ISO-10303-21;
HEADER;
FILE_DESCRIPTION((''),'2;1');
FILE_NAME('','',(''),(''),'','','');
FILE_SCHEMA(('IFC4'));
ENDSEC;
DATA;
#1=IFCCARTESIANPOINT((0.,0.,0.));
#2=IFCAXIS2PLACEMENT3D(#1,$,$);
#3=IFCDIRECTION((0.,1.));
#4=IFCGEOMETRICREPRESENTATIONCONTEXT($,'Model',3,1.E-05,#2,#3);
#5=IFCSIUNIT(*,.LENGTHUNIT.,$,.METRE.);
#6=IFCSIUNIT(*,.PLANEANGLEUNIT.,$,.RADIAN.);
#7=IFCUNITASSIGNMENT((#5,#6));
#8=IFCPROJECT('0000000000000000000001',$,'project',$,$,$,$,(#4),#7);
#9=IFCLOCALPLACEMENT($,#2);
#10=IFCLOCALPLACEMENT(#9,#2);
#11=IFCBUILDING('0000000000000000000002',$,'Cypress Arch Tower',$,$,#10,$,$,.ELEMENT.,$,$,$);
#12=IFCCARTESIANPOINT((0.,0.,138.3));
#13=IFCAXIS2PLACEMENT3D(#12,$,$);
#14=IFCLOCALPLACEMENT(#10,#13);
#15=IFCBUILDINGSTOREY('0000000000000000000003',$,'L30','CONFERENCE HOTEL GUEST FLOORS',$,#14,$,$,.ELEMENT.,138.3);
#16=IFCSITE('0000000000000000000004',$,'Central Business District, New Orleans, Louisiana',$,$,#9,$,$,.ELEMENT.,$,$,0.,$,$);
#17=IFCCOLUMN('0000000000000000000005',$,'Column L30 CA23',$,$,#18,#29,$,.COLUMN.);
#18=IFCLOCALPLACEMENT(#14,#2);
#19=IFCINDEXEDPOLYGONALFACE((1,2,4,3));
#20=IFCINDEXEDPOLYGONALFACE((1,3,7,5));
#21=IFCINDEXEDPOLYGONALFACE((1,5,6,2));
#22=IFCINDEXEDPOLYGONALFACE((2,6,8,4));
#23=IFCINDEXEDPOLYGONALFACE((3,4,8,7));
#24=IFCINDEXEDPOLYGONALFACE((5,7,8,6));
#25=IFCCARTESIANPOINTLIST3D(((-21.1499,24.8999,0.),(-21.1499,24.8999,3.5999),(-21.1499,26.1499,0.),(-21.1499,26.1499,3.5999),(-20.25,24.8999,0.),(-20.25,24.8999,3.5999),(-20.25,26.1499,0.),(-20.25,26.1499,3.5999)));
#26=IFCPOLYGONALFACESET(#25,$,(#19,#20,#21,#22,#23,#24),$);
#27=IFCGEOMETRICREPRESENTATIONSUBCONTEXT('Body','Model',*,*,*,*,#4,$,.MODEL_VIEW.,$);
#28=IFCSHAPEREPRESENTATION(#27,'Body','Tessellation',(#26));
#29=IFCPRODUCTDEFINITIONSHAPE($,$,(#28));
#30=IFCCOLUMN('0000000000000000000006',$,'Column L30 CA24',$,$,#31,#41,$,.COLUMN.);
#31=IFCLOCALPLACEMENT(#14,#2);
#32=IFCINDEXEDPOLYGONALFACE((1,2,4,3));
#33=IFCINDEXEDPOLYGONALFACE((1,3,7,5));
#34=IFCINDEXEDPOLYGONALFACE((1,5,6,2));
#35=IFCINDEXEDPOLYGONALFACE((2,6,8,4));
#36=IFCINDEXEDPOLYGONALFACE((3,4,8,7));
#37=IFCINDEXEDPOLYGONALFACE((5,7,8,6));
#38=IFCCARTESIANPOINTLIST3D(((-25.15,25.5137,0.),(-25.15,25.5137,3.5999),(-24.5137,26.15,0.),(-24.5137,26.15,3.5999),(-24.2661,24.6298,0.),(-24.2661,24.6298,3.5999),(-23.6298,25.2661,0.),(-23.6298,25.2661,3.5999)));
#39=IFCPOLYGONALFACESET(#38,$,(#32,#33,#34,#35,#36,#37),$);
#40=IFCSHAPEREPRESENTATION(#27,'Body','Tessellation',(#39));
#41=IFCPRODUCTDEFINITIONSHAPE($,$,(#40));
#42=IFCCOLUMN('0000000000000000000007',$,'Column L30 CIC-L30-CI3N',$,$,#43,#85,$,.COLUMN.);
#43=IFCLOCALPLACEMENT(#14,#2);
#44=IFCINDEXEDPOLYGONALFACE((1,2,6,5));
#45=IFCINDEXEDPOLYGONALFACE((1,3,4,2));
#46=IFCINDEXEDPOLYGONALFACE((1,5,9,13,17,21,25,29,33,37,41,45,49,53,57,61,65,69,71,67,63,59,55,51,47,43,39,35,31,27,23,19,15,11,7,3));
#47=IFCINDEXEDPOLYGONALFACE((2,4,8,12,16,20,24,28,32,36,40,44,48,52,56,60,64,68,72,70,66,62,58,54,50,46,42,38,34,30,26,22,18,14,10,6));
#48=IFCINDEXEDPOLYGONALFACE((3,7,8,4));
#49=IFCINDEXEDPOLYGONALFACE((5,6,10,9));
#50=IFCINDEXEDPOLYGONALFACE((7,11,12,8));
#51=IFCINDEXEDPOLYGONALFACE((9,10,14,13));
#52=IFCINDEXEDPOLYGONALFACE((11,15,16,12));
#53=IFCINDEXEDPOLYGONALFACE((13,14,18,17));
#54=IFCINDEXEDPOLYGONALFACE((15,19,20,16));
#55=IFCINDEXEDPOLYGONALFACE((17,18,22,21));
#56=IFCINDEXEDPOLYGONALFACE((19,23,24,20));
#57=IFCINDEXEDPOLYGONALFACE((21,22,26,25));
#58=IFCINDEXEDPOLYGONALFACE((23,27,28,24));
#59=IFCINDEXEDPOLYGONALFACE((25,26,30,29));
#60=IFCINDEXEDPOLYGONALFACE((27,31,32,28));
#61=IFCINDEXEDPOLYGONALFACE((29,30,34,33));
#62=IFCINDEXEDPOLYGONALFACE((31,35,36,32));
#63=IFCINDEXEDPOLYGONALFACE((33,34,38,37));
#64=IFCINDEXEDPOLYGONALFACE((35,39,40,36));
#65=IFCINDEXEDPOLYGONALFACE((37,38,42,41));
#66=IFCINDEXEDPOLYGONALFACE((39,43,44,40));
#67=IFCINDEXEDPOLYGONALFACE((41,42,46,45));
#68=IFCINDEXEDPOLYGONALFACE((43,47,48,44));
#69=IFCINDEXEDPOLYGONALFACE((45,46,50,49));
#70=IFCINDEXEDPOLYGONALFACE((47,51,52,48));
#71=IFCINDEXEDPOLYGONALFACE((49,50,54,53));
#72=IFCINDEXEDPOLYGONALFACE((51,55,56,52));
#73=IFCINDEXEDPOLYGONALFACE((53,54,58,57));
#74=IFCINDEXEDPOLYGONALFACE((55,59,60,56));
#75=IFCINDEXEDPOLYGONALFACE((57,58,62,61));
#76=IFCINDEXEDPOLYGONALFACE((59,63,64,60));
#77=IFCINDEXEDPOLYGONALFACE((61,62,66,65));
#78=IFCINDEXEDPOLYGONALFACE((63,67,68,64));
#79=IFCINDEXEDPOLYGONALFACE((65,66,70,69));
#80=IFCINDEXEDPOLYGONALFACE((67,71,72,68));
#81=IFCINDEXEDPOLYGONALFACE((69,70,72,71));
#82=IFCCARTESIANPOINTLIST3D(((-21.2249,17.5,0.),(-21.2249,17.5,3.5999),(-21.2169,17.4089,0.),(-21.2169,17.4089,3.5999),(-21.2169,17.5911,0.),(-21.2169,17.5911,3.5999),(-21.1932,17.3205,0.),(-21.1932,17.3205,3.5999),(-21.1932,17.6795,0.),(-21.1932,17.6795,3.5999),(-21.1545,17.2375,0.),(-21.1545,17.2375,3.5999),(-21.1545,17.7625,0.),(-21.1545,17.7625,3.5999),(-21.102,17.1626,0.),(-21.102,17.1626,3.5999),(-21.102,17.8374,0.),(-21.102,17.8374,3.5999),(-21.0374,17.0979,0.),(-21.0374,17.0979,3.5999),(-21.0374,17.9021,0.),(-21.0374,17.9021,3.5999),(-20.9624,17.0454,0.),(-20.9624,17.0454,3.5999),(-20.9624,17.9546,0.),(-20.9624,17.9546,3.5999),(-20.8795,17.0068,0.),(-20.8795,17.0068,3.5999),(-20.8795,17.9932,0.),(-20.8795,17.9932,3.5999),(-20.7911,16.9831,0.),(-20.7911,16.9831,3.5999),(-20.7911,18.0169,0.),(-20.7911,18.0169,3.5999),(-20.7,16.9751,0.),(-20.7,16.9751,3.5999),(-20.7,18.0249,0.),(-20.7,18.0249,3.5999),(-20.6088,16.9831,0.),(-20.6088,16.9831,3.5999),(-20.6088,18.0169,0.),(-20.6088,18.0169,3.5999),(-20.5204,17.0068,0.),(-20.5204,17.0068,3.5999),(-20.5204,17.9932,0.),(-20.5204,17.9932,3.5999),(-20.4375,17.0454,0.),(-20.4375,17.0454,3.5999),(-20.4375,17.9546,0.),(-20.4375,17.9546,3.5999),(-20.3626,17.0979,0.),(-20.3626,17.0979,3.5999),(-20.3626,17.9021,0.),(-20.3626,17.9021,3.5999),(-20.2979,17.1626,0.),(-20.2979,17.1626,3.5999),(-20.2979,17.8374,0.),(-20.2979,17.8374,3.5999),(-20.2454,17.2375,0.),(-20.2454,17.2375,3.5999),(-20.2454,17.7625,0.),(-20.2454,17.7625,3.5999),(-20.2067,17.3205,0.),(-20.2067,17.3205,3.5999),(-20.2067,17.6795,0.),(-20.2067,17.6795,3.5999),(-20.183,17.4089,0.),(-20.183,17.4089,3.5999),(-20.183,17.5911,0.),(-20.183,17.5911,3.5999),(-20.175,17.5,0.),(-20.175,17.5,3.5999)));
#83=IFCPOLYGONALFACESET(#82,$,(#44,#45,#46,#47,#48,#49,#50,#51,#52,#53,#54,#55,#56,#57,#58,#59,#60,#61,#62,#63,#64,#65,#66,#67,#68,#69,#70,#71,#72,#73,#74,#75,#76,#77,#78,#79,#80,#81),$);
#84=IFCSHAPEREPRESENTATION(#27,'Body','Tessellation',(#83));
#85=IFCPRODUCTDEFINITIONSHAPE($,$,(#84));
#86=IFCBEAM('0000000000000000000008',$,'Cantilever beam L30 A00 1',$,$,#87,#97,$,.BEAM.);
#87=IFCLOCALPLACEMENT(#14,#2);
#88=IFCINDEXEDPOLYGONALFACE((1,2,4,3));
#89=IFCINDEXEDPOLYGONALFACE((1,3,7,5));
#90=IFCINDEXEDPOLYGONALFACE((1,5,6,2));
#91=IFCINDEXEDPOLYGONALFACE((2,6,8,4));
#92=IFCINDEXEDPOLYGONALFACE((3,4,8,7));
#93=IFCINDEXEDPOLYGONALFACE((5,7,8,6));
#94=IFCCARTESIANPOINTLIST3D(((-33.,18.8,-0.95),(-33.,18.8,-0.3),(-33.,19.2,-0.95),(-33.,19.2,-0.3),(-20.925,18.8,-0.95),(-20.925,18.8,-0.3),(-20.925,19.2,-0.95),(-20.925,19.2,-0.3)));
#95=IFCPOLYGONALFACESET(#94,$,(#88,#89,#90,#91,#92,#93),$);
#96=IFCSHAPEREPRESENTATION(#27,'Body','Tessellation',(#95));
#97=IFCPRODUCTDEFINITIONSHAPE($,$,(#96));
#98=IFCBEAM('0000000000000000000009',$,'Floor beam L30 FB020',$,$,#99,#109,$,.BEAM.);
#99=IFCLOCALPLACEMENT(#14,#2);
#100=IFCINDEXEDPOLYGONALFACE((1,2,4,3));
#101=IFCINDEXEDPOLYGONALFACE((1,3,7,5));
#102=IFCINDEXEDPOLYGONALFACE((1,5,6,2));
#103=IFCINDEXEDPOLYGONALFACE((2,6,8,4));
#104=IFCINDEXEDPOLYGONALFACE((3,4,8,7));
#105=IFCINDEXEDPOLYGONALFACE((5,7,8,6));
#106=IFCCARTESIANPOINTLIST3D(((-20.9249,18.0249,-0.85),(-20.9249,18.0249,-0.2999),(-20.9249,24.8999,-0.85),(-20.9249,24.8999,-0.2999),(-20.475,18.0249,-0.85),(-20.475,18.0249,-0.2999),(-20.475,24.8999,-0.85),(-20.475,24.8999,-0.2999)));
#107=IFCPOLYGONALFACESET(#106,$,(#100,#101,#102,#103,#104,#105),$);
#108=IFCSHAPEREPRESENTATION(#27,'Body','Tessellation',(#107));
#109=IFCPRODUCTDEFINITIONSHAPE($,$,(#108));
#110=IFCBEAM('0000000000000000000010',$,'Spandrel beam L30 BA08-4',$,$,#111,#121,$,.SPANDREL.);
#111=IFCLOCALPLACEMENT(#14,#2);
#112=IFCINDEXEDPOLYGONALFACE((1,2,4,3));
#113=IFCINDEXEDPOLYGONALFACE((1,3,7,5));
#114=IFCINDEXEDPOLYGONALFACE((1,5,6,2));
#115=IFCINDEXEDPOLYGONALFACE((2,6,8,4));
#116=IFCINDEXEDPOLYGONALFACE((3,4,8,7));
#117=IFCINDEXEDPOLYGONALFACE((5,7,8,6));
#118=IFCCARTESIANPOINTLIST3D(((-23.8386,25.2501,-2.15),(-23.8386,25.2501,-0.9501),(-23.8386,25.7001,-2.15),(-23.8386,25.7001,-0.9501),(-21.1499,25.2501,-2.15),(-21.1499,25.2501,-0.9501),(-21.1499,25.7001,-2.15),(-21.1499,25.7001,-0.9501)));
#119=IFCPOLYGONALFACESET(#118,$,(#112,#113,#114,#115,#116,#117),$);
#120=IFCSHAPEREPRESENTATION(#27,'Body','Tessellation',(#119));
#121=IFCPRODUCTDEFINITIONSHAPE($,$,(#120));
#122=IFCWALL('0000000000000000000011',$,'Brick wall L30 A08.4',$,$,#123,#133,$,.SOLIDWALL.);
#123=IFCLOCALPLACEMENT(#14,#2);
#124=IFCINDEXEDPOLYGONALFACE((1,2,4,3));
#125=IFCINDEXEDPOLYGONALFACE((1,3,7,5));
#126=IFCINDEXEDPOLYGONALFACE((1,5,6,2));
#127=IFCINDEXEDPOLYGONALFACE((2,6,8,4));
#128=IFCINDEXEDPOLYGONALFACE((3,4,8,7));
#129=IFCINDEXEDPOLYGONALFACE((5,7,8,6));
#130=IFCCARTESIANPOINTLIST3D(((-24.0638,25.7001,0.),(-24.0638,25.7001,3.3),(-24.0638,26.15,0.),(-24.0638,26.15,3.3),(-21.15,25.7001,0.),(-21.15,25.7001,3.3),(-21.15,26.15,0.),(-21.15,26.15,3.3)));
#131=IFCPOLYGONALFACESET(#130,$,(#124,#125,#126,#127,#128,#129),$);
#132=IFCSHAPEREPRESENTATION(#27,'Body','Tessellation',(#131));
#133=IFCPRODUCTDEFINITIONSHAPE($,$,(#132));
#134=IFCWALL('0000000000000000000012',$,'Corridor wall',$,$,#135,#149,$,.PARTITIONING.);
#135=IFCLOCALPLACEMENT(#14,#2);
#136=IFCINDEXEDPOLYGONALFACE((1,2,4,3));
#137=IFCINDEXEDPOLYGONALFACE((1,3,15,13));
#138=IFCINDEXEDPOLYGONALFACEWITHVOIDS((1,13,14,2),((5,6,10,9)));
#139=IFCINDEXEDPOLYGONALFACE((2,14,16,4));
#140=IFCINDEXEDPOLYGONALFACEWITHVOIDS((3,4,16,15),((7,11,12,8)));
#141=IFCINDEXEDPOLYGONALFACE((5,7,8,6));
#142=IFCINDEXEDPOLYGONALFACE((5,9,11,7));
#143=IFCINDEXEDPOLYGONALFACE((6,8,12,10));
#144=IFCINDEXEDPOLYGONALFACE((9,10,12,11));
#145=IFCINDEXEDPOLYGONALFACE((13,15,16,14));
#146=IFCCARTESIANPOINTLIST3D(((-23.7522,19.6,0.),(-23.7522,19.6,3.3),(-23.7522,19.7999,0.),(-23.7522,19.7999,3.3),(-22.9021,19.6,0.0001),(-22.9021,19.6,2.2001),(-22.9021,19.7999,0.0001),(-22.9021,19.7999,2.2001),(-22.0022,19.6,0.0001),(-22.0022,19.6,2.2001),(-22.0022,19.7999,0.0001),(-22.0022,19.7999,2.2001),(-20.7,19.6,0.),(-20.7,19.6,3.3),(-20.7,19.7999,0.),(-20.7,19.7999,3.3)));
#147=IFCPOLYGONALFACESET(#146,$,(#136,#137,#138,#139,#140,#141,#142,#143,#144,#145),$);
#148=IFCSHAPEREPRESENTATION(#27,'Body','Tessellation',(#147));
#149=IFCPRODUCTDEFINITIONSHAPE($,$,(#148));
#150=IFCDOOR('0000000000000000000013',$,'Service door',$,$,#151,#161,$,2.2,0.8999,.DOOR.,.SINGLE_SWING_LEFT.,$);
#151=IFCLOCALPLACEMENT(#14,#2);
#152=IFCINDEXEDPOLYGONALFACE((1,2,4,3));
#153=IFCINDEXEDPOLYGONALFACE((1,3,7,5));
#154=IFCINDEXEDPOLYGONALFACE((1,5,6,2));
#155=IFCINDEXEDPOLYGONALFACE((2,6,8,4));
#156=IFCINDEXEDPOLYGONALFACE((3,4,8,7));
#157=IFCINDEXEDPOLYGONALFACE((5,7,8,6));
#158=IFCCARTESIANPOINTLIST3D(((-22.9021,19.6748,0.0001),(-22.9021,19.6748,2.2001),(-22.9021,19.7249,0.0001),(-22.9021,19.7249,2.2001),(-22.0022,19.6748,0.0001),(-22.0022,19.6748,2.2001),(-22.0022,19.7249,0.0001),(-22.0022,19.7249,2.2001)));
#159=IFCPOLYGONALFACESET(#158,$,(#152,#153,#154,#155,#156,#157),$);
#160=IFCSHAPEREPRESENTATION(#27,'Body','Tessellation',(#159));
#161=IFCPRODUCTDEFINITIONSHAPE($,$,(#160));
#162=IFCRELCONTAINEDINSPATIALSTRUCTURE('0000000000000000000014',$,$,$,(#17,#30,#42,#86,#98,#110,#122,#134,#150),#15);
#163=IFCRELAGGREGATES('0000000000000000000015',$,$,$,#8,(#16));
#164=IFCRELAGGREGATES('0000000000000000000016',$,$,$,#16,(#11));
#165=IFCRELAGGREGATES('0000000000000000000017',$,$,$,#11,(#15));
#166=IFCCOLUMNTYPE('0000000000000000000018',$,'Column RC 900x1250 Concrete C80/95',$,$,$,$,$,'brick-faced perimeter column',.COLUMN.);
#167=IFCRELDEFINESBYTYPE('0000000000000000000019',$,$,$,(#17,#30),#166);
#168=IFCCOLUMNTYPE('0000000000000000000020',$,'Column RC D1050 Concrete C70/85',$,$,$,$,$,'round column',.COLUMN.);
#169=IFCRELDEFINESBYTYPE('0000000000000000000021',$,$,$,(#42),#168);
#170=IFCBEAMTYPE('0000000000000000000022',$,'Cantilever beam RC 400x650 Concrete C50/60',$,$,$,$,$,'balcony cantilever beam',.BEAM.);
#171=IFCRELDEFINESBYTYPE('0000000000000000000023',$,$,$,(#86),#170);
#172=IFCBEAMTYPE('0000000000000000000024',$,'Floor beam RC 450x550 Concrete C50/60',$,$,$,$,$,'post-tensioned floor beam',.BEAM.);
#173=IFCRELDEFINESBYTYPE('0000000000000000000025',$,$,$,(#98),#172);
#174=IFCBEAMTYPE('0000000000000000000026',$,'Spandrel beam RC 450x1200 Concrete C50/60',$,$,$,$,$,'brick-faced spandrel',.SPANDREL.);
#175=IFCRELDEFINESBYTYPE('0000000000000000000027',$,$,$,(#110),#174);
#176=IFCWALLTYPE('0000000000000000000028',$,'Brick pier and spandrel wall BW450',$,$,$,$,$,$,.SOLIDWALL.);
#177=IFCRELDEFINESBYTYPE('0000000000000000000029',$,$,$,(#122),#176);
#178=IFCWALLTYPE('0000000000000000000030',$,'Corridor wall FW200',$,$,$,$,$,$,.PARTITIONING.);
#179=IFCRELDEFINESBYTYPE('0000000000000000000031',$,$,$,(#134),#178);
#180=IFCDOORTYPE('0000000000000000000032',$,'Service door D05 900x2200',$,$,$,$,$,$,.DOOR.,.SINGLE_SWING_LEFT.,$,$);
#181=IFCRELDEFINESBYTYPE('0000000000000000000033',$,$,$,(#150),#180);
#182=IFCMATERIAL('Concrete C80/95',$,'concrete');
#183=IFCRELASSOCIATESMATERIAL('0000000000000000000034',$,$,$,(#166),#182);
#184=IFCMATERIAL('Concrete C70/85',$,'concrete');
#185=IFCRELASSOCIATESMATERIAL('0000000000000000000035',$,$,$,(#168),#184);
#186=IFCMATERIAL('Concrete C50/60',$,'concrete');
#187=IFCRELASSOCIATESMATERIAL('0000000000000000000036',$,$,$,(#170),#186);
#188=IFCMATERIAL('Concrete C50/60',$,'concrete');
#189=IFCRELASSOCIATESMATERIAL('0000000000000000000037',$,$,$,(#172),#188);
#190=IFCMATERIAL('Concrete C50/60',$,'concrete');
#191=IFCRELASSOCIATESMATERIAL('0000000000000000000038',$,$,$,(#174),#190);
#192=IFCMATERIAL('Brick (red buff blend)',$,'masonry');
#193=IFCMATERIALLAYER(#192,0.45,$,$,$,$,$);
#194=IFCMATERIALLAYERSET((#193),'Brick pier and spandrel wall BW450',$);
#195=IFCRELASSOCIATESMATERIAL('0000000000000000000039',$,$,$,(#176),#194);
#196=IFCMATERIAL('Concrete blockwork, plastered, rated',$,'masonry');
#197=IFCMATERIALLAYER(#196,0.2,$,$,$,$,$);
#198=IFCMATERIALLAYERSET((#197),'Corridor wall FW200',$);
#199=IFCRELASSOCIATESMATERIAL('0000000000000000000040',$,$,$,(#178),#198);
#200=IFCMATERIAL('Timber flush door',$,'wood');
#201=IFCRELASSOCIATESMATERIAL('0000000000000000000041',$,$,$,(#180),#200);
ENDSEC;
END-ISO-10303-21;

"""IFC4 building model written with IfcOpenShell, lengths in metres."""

from ifc_helpers import new_model, si_unit, direction, frame, frame_2d, origin, origin_2d, place, context, subcontext, project, spatial, rectangle, circle, extrude, material, layer, layer_set, material_profile, profile_set, type_object, element, fill, save


model = new_model("IFC4")

# Units and contexts
model_context = context("Model", 3, precision=1e-05, world=origin(), true_north=direction((0.0, 1.0)))
body_context = subcontext(model_context, "Body", "Model", "MODEL_VIEW")
ifc_project = project(units=[si_unit("LENGTHUNIT", "METRE"), si_unit("PLANEANGLEUNIT", "RADIAN")], contexts=[model_context])

# Site, building, storey
site_placement = place(None, origin())
site = spatial("IfcSite", under=ifc_project, at=site_placement, Name="Central Business District, New Orleans, Louisiana", CompositionType="ELEMENT", RefElevation=0.0)
building_placement = place(site_placement, origin())
building = spatial("IfcBuilding", under=site, at=building_placement, Name="Cypress Arch Tower", CompositionType="ELEMENT")
storey_placement = place(building_placement, frame((0.0, 0.0, 138.3)))
storey = spatial("IfcBuildingStorey", under=building, at=storey_placement, Name="L30", Description="CONFERENCE HOTEL GUEST FLOORS", CompositionType="ELEMENT", Elevation=138.3)

# Columns
ifc_material_1 = material(Name="Concrete C80/95", Category="concrete")
ifc_material_profile_1 = material_profile(ifc_material_1, rectangle(XDim=0.8999, YDim=1.25, at=origin_2d()), Name="RC 900x1250")
ifc_profile_set_1 = profile_set([ifc_material_profile_1], Name="Concrete C80/95")
column_type_1 = type_object("IfcColumnType", Name="Column RC 900x1250 Concrete C80/95", ElementType="brick-faced perimeter column", PredefinedType="COLUMN", material=ifc_profile_set_1)
for number, where, z_axis, x_axis, name in (
    (1, (-20.7, 25.5249, 0.0), (0.0, 0.0, 1.0), (-1.0, 0.0, 0.0), "Column L30 CA23"),
    (2, (-24.3899, 25.3899, 0.0), (0.0, 0.0, 1.0), (-0.707107, -0.707107, 0.0), "Column L30 CA24"),
):
    element("IfcColumn", number, at=place(storey_placement, frame(where, z_axis=z_axis, x_axis=x_axis)), inside=storey, type_object=column_type_1, Name=name, PredefinedType="COLUMN", context=body_context, shape_type="SweptSolid", body=[
        extrude(rectangle(XDim=0.8999, YDim=1.25, at=origin_2d()), origin(), (0.0, 0.0, 1.0), 3.5999),
    ])
ifc_material_2 = material(Name="Concrete C70/85", Category="concrete")
ifc_material_profile_2 = material_profile(ifc_material_2, circle(Radius=0.5249, at=origin_2d()), Name="RC D1050")
ifc_profile_set_2 = profile_set([ifc_material_profile_2], Name="Concrete C70/85")
column_type_2 = type_object("IfcColumnType", Name="Column RC D1050 Concrete C70/85", ElementType="round column", PredefinedType="COLUMN", material=ifc_profile_set_2)
column_placement = place(storey_placement, frame((-20.7, 17.5, 0.0), z_axis=(0.0, 0.0, 1.0), x_axis=(1.0, 0.0, 0.0)))
element("IfcColumn", 3, at=column_placement, inside=storey, type_object=column_type_2, Name="Column L30 CIC-L30-CI3N", PredefinedType="COLUMN", context=body_context, shape_type="SweptSolid", body=[
    extrude(circle(Radius=0.5249, at=origin_2d()), origin(), (0.0, 0.0, 1.0), 3.5999),
])

# Beams
ifc_material_3 = material(Name="Concrete C50/60", Category="concrete")
ifc_material_profile_3 = material_profile(ifc_material_3, rectangle(XDim=0.3999, YDim=0.6499, at=origin_2d()), Name="RC 400x650")
ifc_profile_set_3 = profile_set([ifc_material_profile_3], Name="Concrete C50/60")
beam_type_1 = type_object("IfcBeamType", Name="Cantilever beam RC 400x650 Concrete C50/60", ElementType="balcony cantilever beam", PredefinedType="BEAM", material=ifc_profile_set_3)
beam_1_placement = place(storey_placement, frame((-20.925, 19.0, -0.625), z_axis=(-1.0, 0.0, 0.0), x_axis=(0.0, -1.0, 0.0)))
element("IfcBeam", 4, at=beam_1_placement, inside=storey, type_object=beam_type_1, Name="Cantilever beam L30 A00 1", PredefinedType="BEAM", context=body_context, shape_type="SweptSolid", body=[
    extrude(rectangle(XDim=0.3999, YDim=0.6499, at=origin_2d()), origin(), (0.0, 0.0, 1.0), 12.075),
])
ifc_material_4 = material(Name="Concrete C50/60", Category="concrete")
ifc_material_profile_4 = material_profile(ifc_material_4, rectangle(XDim=0.45, YDim=0.55, at=origin_2d()), Name="RC 450x550")
ifc_profile_set_4 = profile_set([ifc_material_profile_4], Name="Concrete C50/60")
beam_type_2 = type_object("IfcBeamType", Name="Floor beam RC 450x550 Concrete C50/60", ElementType="post-tensioned floor beam", PredefinedType="BEAM", material=ifc_profile_set_4)
beam_2_placement = place(storey_placement, frame((-20.7, 18.0249, -0.575), z_axis=(0.0, 1.0, 0.0), x_axis=(-1.0, 0.0, 0.0)))
element("IfcBeam", 5, at=beam_2_placement, inside=storey, type_object=beam_type_2, Name="Floor beam L30 FB020", PredefinedType="BEAM", context=body_context, shape_type="SweptSolid", body=[
    extrude(rectangle(XDim=0.45, YDim=0.55, at=origin_2d()), origin(), (0.0, 0.0, 1.0), 6.875),
])
ifc_material_5 = material(Name="Concrete C50/60", Category="concrete")
ifc_material_profile_5 = material_profile(ifc_material_5, rectangle(XDim=0.45, YDim=1.2, at=origin_2d()), Name="RC 450x1200")
ifc_profile_set_5 = profile_set([ifc_material_profile_5], Name="Concrete C50/60")
beam_type_3 = type_object("IfcBeamType", Name="Spandrel beam RC 450x1200 Concrete C50/60", ElementType="brick-faced spandrel", PredefinedType="SPANDREL", material=ifc_profile_set_5)
beam_3_placement = place(storey_placement, frame((-21.1499, 25.4751, -1.55), z_axis=(-1.0, 0.0, 0.0), x_axis=(0.0, -1.0, 0.0)))
element("IfcBeam", 6, at=beam_3_placement, inside=storey, type_object=beam_type_3, Name="Spandrel beam L30 BA08-4", PredefinedType="SPANDREL", context=body_context, shape_type="SweptSolid", body=[
    extrude(rectangle(XDim=0.45, YDim=1.2, at=origin_2d()), origin(), (0.0, 0.0, 1.0), 2.6887),
])

# Wall
ifc_material_6 = material(Name="Brick (red buff blend)", Category="masonry")
ifc_layer_1 = layer(ifc_material_6, 0.45)
ifc_layer_set_1 = layer_set([ifc_layer_1], Name="Brick pier and spandrel wall BW450")
wall_type_1 = type_object("IfcWallType", Name="Brick pier and spandrel wall BW450", PredefinedType="SOLIDWALL", material=ifc_layer_set_1)
wall_1_placement = place(storey_placement, frame((-21.1499, 25.925, 0.0), z_axis=(0.0, 0.0, 1.0), x_axis=(-1.0, 0.0, 0.0)))
element("IfcWall", 7, at=wall_1_placement, inside=storey, type_object=wall_type_1, Name="Brick wall L30 A08.4", PredefinedType="SOLIDWALL", context=body_context, shape_type="SweptSolid", body=[
    extrude(rectangle(XDim=2.9138, YDim=0.45, at=frame_2d((1.457, 0.0))), origin(), (0.0, 0.0, 1.0), 3.3),
])

# Wall, opening, door
ifc_material_7 = material(Name="Concrete blockwork, plastered, rated", Category="masonry")
ifc_layer_2 = layer(ifc_material_7, 0.2)
ifc_layer_set_2 = layer_set([ifc_layer_2], Name="Corridor wall FW200")
wall_type_2 = type_object("IfcWallType", Name="Corridor wall FW200", PredefinedType="PARTITIONING", material=ifc_layer_set_2)
wall_2_placement = place(storey_placement, frame((-23.7522, 19.7, 0.0), z_axis=(0.0, 0.0, 1.0), x_axis=(1.0, 0.0, 0.0)))
wall_2 = element("IfcWall", 8, at=wall_2_placement, inside=storey, type_object=wall_type_2, Name="Corridor wall", PredefinedType="PARTITIONING", context=body_context, shape_type="SweptSolid", body=[
    extrude(rectangle(XDim=3.0522, YDim=0.2, at=frame_2d((1.5261, 0.0))), origin(), (0.0, 0.0, 1.0), 3.3),
])
opening_1_placement = place(wall_2_placement, frame((0.8501, 0.0, 0.0)))
opening_1 = element("IfcOpeningElement", 9, at=opening_1_placement, cuts=wall_2, PredefinedType="OPENING", context=body_context, shape_type="SweptSolid", body=[
    extrude(rectangle(XDim=0.8999, YDim=2.2, at=frame_2d((0.45, 1.1001))), frame((0.0, 0.1099, 0.0), z_axis=(0.0, -1.0, 0.0), x_axis=(1.0, 0.0, 0.0)), (0.0, 0.0, 1.0), 0.22),
])
ifc_material_8 = material(Name="Timber flush door", Category="wood")
door_type_1 = type_object("IfcDoorType", Name="Service door D05 900x2200", OperationType="SINGLE_SWING_LEFT", PredefinedType="DOOR", material=ifc_material_8)
door_1_placement = place(opening_1_placement, origin())
door_1 = element("IfcDoor", 10, at=door_1_placement, inside=storey, type_object=door_type_1, Name="Service door", OperationType="SINGLE_SWING_LEFT", OverallHeight=2.2, OverallWidth=0.8999, PredefinedType="DOOR", context=body_context, shape_type="SweptSolid", body=[
    extrude(rectangle(XDim=0.8999, YDim=2.2, at=frame_2d((0.45, 1.1001))), frame((0.0, 0.0249, 0.0), z_axis=(0.0, -1.0, 0.0), x_axis=(1.0, 0.0, 0.0)), (0.0, 0.0, 1.0), 0.05),
])
fill(opening_1, door_1)

save(model, "model.ifc")
